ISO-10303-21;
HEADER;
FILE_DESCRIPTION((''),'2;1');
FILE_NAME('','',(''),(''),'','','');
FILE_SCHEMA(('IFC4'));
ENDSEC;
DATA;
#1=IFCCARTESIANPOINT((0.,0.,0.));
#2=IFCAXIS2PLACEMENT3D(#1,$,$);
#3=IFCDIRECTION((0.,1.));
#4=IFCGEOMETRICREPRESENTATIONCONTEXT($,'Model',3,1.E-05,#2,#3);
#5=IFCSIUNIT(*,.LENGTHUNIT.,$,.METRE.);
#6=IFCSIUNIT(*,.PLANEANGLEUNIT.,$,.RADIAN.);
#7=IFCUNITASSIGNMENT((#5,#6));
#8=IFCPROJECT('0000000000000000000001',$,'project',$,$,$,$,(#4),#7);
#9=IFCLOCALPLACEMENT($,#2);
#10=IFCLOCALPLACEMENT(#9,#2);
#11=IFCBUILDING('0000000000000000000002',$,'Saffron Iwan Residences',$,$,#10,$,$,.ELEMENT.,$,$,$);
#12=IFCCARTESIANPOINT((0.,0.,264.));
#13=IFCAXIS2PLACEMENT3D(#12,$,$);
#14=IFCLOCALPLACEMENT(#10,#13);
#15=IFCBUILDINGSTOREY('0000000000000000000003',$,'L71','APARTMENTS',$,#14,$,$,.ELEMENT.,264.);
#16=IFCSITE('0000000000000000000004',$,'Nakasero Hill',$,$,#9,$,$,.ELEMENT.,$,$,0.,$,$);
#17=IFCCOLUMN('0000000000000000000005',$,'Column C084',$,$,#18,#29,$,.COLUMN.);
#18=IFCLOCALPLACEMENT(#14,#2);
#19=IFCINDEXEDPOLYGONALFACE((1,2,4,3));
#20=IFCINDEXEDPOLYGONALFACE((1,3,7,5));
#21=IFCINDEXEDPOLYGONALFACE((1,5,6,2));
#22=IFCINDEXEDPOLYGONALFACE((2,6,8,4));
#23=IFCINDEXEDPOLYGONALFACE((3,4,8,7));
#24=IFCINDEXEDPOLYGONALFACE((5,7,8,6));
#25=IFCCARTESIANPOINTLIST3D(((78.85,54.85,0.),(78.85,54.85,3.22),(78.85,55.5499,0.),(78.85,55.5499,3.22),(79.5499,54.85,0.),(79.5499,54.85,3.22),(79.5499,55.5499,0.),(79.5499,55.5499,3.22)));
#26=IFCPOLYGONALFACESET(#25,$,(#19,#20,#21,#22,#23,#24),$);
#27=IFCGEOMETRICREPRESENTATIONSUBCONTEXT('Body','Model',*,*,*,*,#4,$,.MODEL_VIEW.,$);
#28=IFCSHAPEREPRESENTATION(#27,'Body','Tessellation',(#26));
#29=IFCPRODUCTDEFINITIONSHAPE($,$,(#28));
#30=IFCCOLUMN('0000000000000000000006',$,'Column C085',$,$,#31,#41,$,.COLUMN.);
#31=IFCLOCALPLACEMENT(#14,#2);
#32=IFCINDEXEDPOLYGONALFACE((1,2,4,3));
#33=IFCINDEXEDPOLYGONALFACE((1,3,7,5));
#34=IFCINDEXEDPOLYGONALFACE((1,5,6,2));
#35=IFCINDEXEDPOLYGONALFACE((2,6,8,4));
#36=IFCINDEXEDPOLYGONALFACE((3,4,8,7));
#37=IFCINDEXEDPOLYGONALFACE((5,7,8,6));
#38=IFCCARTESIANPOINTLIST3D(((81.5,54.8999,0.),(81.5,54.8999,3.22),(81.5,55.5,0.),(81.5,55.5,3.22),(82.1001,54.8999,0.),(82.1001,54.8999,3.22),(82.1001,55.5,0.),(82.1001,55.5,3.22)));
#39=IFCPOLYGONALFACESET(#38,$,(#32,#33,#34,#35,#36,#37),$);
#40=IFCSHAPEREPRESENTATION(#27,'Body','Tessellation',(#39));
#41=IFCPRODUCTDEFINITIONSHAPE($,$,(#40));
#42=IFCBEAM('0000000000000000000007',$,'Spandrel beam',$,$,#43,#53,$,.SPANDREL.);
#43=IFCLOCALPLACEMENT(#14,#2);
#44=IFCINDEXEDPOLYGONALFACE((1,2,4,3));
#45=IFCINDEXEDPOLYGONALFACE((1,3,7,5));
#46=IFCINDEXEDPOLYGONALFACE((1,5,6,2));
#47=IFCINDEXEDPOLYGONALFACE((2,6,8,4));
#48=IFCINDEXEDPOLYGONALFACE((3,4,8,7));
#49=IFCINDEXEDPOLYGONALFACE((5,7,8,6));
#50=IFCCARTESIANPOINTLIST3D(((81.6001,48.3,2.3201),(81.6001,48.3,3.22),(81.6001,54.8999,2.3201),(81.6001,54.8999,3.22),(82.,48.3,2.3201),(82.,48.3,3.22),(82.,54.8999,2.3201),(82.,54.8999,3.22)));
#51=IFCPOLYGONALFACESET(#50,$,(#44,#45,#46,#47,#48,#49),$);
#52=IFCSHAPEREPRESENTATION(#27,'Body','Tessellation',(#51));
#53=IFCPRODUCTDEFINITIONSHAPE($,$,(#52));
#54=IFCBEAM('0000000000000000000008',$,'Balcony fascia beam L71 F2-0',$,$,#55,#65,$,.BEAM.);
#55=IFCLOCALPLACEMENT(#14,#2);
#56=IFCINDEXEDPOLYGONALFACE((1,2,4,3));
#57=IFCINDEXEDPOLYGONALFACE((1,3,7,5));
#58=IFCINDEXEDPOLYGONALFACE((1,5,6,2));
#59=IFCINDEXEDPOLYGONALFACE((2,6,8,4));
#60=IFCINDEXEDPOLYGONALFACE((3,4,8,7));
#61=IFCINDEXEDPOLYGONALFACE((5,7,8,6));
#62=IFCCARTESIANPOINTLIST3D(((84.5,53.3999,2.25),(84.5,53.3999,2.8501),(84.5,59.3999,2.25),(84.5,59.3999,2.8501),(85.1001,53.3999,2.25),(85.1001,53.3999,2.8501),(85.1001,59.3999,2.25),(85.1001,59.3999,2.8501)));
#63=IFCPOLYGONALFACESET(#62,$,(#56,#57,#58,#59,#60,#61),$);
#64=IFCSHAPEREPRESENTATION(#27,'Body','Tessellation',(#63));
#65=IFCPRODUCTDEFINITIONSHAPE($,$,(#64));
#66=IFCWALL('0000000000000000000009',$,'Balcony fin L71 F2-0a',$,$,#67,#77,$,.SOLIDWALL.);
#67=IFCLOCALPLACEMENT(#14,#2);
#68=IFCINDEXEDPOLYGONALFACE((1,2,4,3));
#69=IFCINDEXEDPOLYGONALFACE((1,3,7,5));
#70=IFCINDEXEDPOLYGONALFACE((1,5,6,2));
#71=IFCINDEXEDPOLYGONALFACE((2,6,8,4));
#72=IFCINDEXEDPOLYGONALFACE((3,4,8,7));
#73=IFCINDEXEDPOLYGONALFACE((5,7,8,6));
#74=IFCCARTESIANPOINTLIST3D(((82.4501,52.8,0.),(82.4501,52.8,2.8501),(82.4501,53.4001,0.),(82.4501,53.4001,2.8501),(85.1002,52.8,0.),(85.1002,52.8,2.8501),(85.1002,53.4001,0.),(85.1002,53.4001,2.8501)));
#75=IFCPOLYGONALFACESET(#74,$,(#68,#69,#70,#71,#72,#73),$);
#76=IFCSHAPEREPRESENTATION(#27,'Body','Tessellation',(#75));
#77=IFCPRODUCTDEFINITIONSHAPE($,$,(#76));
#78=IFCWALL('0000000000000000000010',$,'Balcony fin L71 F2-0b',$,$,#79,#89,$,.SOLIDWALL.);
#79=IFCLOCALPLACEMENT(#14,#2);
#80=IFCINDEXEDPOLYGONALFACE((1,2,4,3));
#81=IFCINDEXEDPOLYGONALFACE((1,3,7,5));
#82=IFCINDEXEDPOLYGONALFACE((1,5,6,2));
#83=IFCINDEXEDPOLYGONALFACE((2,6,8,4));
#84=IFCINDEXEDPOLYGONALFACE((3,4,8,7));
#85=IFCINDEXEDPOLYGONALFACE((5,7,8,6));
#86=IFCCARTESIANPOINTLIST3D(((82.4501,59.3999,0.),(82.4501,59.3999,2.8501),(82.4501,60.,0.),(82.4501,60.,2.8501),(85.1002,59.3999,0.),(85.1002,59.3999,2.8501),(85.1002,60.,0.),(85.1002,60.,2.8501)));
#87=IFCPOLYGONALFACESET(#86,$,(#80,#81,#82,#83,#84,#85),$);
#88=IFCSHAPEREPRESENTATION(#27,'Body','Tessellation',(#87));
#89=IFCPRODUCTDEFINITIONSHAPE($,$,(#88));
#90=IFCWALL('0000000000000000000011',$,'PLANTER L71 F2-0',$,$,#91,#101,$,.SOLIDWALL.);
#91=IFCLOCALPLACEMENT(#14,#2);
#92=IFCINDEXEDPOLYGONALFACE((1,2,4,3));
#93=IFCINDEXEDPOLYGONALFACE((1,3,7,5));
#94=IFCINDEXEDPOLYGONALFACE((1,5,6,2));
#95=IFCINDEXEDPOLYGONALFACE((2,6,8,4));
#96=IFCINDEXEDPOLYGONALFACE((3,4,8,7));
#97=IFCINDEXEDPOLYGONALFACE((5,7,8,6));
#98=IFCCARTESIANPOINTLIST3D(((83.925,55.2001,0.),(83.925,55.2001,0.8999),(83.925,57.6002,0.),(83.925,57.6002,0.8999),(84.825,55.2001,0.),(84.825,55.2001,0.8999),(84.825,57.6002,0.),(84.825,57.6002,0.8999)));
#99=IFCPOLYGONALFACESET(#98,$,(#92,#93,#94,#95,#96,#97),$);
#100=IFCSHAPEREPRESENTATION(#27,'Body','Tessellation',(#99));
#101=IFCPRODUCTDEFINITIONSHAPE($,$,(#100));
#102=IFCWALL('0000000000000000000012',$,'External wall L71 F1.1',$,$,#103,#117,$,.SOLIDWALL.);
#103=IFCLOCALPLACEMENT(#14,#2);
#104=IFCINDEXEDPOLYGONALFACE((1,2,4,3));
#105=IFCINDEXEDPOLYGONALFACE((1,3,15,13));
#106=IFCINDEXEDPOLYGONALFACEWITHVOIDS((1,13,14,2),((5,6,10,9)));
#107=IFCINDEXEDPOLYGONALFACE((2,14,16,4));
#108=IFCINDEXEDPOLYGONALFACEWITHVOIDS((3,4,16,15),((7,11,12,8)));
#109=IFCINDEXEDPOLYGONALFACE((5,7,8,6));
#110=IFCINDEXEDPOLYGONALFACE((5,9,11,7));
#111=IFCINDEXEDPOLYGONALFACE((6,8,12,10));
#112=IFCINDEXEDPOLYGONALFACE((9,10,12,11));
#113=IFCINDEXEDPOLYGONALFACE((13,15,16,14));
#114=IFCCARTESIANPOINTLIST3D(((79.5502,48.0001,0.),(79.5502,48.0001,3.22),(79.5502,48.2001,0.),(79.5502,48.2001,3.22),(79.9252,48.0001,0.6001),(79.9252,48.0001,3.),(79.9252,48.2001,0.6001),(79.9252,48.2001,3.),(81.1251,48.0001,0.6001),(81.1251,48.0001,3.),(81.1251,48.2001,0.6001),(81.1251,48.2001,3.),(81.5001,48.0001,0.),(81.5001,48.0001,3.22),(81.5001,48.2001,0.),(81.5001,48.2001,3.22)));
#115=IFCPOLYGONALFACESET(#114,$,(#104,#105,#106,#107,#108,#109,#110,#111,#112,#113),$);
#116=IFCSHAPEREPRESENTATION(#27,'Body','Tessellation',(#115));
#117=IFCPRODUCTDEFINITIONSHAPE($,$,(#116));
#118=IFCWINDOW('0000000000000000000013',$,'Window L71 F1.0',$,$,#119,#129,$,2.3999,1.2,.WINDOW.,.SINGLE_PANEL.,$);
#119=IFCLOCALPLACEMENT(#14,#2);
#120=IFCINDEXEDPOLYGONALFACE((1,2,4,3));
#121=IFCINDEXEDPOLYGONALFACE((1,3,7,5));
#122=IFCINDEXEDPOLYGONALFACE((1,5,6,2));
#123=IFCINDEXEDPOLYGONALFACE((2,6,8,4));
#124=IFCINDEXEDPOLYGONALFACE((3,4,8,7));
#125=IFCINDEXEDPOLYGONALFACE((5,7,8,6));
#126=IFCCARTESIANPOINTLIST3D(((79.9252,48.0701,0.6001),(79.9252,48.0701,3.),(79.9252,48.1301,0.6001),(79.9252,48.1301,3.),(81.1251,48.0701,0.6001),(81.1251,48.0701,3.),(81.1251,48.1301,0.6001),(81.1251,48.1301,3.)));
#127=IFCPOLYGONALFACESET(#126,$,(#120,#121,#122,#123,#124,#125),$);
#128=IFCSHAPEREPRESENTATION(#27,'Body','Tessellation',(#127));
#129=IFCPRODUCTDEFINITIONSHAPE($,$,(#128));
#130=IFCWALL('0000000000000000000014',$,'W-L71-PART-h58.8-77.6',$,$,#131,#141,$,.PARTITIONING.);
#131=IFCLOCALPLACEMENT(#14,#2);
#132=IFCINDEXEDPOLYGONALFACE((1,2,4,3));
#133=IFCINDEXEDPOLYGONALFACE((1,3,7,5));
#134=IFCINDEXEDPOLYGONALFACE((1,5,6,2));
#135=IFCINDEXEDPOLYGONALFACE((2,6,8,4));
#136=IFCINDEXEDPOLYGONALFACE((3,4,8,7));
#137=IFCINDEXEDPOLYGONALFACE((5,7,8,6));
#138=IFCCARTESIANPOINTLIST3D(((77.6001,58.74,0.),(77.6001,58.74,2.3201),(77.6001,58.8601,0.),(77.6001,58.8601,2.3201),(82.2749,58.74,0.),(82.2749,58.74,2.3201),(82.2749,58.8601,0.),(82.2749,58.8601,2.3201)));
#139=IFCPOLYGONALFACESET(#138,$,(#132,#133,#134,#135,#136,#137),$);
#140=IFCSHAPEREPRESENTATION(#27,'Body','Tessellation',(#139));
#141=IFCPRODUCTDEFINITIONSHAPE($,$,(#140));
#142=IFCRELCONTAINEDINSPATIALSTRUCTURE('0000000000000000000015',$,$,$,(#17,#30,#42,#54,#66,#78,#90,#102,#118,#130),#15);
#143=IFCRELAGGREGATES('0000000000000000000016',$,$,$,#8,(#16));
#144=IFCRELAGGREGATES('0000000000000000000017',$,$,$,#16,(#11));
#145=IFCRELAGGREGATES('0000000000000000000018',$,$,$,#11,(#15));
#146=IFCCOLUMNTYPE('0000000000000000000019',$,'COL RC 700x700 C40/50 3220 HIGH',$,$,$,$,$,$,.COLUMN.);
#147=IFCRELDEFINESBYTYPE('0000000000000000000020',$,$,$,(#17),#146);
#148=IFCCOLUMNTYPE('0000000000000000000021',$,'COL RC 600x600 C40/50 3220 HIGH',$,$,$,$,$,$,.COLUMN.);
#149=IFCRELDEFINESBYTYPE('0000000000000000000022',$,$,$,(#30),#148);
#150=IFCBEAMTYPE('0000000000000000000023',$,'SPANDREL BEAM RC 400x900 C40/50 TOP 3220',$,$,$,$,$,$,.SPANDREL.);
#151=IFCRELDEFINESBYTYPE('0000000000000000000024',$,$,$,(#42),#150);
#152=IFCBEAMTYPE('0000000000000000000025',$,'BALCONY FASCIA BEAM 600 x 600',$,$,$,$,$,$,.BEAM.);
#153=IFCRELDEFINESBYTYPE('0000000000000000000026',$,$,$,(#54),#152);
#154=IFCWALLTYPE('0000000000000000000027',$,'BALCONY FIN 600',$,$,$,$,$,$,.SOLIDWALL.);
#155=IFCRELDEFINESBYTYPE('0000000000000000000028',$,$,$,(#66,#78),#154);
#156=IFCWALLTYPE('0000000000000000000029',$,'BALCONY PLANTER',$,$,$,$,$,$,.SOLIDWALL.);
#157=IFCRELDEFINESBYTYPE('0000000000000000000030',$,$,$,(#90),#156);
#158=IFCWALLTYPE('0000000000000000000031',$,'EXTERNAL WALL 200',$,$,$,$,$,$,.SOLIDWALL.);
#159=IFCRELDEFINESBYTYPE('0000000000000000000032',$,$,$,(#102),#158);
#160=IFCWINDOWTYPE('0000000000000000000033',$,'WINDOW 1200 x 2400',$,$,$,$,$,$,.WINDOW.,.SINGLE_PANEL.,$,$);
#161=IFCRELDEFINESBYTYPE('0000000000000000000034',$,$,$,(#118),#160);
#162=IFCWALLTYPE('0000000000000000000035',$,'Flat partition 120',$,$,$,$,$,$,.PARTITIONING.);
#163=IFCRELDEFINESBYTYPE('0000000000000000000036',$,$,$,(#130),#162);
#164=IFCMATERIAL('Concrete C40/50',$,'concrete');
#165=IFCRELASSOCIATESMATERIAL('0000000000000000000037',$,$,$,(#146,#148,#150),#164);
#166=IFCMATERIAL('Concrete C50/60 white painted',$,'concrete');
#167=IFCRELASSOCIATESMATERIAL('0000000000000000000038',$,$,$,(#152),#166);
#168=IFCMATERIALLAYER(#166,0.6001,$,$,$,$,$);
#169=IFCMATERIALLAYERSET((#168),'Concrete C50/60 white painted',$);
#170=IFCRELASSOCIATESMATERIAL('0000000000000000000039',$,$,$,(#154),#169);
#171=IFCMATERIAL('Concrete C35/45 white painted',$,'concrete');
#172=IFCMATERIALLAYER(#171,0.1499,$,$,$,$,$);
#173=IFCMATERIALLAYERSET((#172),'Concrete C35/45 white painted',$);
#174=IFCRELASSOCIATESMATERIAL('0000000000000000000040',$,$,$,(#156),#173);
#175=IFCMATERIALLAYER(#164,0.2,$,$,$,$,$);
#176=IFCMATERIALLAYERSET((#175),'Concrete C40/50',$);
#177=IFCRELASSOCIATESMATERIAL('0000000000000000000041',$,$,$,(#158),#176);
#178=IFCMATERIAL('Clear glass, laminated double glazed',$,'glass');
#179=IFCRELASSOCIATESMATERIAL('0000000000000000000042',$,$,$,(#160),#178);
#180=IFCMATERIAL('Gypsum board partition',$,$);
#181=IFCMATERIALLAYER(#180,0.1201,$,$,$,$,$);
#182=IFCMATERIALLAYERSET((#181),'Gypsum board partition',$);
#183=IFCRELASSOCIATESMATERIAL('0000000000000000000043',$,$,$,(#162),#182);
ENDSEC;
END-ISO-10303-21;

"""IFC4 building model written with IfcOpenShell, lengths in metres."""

from ifc_helpers import new_model, si_unit, direction, frame, frame_2d, origin, origin_2d, place, context, subcontext, project, spatial, rectangle, extrude, source, transform, mapped, material, layer, layer_set, material_profile, profile_set, type_object, element, fill, save


model = new_model("IFC4")

# Units and contexts
model_context = context("Model", 3, precision=1e-05, world=origin(), true_north=direction((0.0, 1.0)))
body_context = subcontext(model_context, "Body", "Model", "MODEL_VIEW")
ifc_project = project(units=[si_unit("LENGTHUNIT", "METRE"), si_unit("PLANEANGLEUNIT", "RADIAN")], contexts=[model_context])

# Site, building, storey
site_placement = place(None, origin())
site = spatial("IfcSite", under=ifc_project, at=site_placement, Name="Nakasero Hill", CompositionType="ELEMENT", RefElevation=0.0)
building_placement = place(site_placement, origin())
building = spatial("IfcBuilding", under=site, at=building_placement, Name="Saffron Iwan Residences", CompositionType="ELEMENT")
storey_placement = place(building_placement, frame((0.0, 0.0, 264.0)))
storey = spatial("IfcBuildingStorey", under=building, at=storey_placement, Name="L71", Description="APARTMENTS", CompositionType="ELEMENT", Elevation=264.0)

# Columns
ifc_material_1 = material(Name="Concrete C40/50", Category="concrete")
ifc_material_profile_1 = material_profile(ifc_material_1, rectangle(XDim=0.7, YDim=0.7, at=origin_2d()), Name="RC 700x700")
ifc_profile_set_1 = profile_set([ifc_material_profile_1], Name="Concrete C40/50")
column_type_1 = type_object("IfcColumnType", Name="COL RC 700x700 C40/50 3220 HIGH", PredefinedType="COLUMN", material=ifc_profile_set_1)
shared_shape_1 = source(origin(), body_context, "Body", "SweptSolid", [
    extrude(rectangle(XDim=0.7, YDim=0.7, at=origin_2d()), origin(), (0.0, 0.0, 1.0), 3.22),
])
column_1_placement = place(storey_placement, frame((79.2, 55.2, 0.0), z_axis=(0.0, 0.0, 1.0), x_axis=(1.0, 0.0, 0.0)))
element("IfcColumn", 1, at=column_1_placement, inside=storey, type_object=column_type_1, Name="Column C084", PredefinedType="COLUMN", context=body_context, shape_type="MappedRepresentation", body=[
    mapped(shared_shape_1, transform((0.0, 0.0, 0.0))),
])
ifc_material_profile_2 = material_profile(ifc_material_1, rectangle(XDim=0.6001, YDim=0.6001, at=origin_2d()), Name="RC 600x600")
ifc_profile_set_2 = profile_set([ifc_material_profile_2], Name="Concrete C40/50")
column_type_2 = type_object("IfcColumnType", Name="COL RC 600x600 C40/50 3220 HIGH", PredefinedType="COLUMN", material=ifc_profile_set_2)
shared_shape_2 = source(origin(), body_context, "Body", "SweptSolid", [
    extrude(rectangle(XDim=0.6001, YDim=0.6001, at=origin_2d()), origin(), (0.0, 0.0, 1.0), 3.22),
])
column_2_placement = place(storey_placement, frame((81.8, 55.2, 0.0), z_axis=(0.0, 0.0, 1.0), x_axis=(1.0, 0.0, 0.0)))
element("IfcColumn", 2, at=column_2_placement, inside=storey, type_object=column_type_2, Name="Column C085", PredefinedType="COLUMN", context=body_context, shape_type="MappedRepresentation", body=[
    mapped(shared_shape_2, transform((0.0, 0.0, 0.0))),
])

# Beams
ifc_material_profile_3 = material_profile(ifc_material_1, rectangle(XDim=0.3999, YDim=0.8999, at=origin_2d()), Name="RC 400x900")
ifc_profile_set_3 = profile_set([ifc_material_profile_3], Name="Concrete C40/50")
beam_type_1 = type_object("IfcBeamType", Name="SPANDREL BEAM RC 400x900 C40/50 TOP 3220", PredefinedType="SPANDREL", material=ifc_profile_set_3)
shared_shape_3 = source(origin(), body_context, "Body", "SweptSolid", [
    extrude(rectangle(XDim=0.3999, YDim=0.8999, at=origin_2d()), origin(), (0.0, 0.0, 1.0), 6.5999),
])
beam_1_placement = place(storey_placement, frame((81.8, 54.8999, 2.77), z_axis=(0.0, -1.0, 0.0), x_axis=(1.0, 0.0, 0.0)))
element("IfcBeam", 3, at=beam_1_placement, inside=storey, type_object=beam_type_1, Name="Spandrel beam", PredefinedType="SPANDREL", context=body_context, shape_type="MappedRepresentation", body=[
    mapped(shared_shape_3, transform((0.0, 0.0, 0.0))),
])
ifc_material_2 = material(Name="Concrete C50/60 white painted", Category="concrete")
ifc_material_profile_4 = material_profile(ifc_material_2, rectangle(XDim=0.6001, YDim=0.6001, at=origin_2d()), Name="BALCONY FASCIA BEAM 600 x 600")
ifc_profile_set_4 = profile_set([ifc_material_profile_4], Name="Concrete C50/60 white painted")
beam_type_2 = type_object("IfcBeamType", Name="BALCONY FASCIA BEAM 600 x 600", PredefinedType="BEAM", material=ifc_profile_set_4)
shared_shape_4 = source(origin(), body_context, "Body", "SweptSolid", [
    extrude(rectangle(XDim=0.6001, YDim=0.6001, at=origin_2d()), origin(), (0.0, 0.0, 1.0), 6.0),
])
beam_2_placement = place(storey_placement, frame((84.8, 53.3999, 2.55), z_axis=(0.0, 1.0, 0.0), x_axis=(-1.0, 0.0, 0.0)))
element("IfcBeam", 4, at=beam_2_placement, inside=storey, type_object=beam_type_2, Name="Balcony fascia beam L71 F2-0", PredefinedType="BEAM", context=body_context, shape_type="MappedRepresentation", body=[
    mapped(shared_shape_4, transform((0.0, 0.0, 0.0))),
])

# Walls
ifc_layer_1 = layer(ifc_material_2, 0.6001)
ifc_layer_set_1 = layer_set([ifc_layer_1], Name="Concrete C50/60 white painted")
wall_type_1 = type_object("IfcWallType", Name="BALCONY FIN 600", PredefinedType="SOLIDWALL", material=ifc_layer_set_1)
for number, where, z_axis, x_axis, name in (
    (5, (82.45, 53.1001, 0.0), (0.0, 0.0, 1.0), (1.0, 0.0, 0.0), "Balcony fin L71 F2-0a"),
    (6, (82.45, 59.7, 0.0), (0.0, 0.0, 1.0), (1.0, 0.0, 0.0), "Balcony fin L71 F2-0b"),
):
    element("IfcWall", number, at=place(storey_placement, frame(where, z_axis=z_axis, x_axis=x_axis)), inside=storey, type_object=wall_type_1, Name=name, PredefinedType="SOLIDWALL", context=body_context, shape_type="SweptSolid", body=[
        extrude(rectangle(XDim=2.6501, YDim=0.6001, at=frame_2d((1.3252, 0.0))), origin(), (0.0, 0.0, 1.0), 2.8501),
    ])
ifc_material_3 = material(Name="Concrete C35/45 white painted", Category="concrete")
ifc_layer_2 = layer(ifc_material_3, 0.1499)
ifc_layer_set_2 = layer_set([ifc_layer_2], Name="Concrete C35/45 white painted")
wall_type_2 = type_object("IfcWallType", Name="BALCONY PLANTER", PredefinedType="SOLIDWALL", material=ifc_layer_set_2)
wall_1_placement = place(storey_placement, frame((84.375, 55.2, 0.0), z_axis=(0.0, 0.0, 1.0), x_axis=(0.0, 1.0, 0.0)))
element("IfcWall", 7, at=wall_1_placement, inside=storey, type_object=wall_type_2, Name="PLANTER L71 F2-0", PredefinedType="SOLIDWALL", context=body_context, shape_type="SweptSolid", body=[
    extrude(rectangle(XDim=2.4001, YDim=0.8999, at=frame_2d((1.2002, 0.0))), origin(), (0.0, 0.0, 1.0), 0.8999),
])

# Wall, opening, window
ifc_layer_3 = layer(ifc_material_1, 0.2)
ifc_layer_set_3 = layer_set([ifc_layer_3], Name="Concrete C40/50")
wall_type_3 = type_object("IfcWallType", Name="EXTERNAL WALL 200", PredefinedType="SOLIDWALL", material=ifc_layer_set_3)
wall_2_placement = place(storey_placement, frame((79.55, 48.1001, 0.0), z_axis=(0.0, 0.0, 1.0), x_axis=(1.0, 0.0, 0.0)))
wall_2 = element("IfcWall", 8, at=wall_2_placement, inside=storey, type_object=wall_type_3, Name="External wall L71 F1.1", PredefinedType="SOLIDWALL", context=body_context, shape_type="SweptSolid", body=[
    extrude(rectangle(XDim=1.95, YDim=0.2, at=frame_2d((0.9751, 0.0))), origin(), (0.0, 0.0, 1.0), 3.22),
])
opening_1_placement = place(wall_2_placement, frame((0.375, 0.0, 0.6001)))
opening_1 = element("IfcOpeningElement", 9, at=opening_1_placement, cuts=wall_2, PredefinedType="OPENING", context=body_context, shape_type="SweptSolid", body=[
    extrude(rectangle(XDim=1.2, YDim=2.3999, at=frame_2d((0.6001, 1.2))), frame((0.0, 0.1099, 0.0), z_axis=(0.0, -1.0, 0.0), x_axis=(1.0, 0.0, 0.0)), (0.0, 0.0, 1.0), 0.22),
])
ifc_material_4 = material(Name="Clear glass, laminated double glazed", Category="glass")
window_type_1 = type_object("IfcWindowType", Name="WINDOW 1200 x 2400", PartitioningType="SINGLE_PANEL", PredefinedType="WINDOW", material=ifc_material_4)
window_1_placement = place(opening_1_placement, origin())
window_1 = element("IfcWindow", 10, at=window_1_placement, inside=storey, type_object=window_type_1, Name="Window L71 F1.0", OverallHeight=2.3999, OverallWidth=1.2, PartitioningType="SINGLE_PANEL", PredefinedType="WINDOW", context=body_context, shape_type="SweptSolid", body=[
    extrude(rectangle(XDim=1.2, YDim=2.3999, at=frame_2d((0.6001, 1.2))), frame((0.0, 0.03, 0.0), z_axis=(0.0, -1.0, 0.0), x_axis=(1.0, 0.0, 0.0)), (0.0, 0.0, 1.0), 0.0601),
])
fill(opening_1, window_1)

# Wall
ifc_material_5 = material(Name="Gypsum board partition")
ifc_layer_4 = layer(ifc_material_5, 0.1201)
ifc_layer_set_4 = layer_set([ifc_layer_4], Name="Gypsum board partition")
wall_type_4 = type_object("IfcWallType", Name="Flat partition 120", PredefinedType="PARTITIONING", material=ifc_layer_set_4)
wall_3_placement = place(storey_placement, frame((77.6001, 58.8, 0.0), z_axis=(0.0, 0.0, 1.0), x_axis=(1.0, 0.0, 0.0)))
element("IfcWall", 11, at=wall_3_placement, inside=storey, type_object=wall_type_4, Name="W-L71-PART-h58.8-77.6", PredefinedType="PARTITIONING", context=body_context, shape_type="SweptSolid", body=[
    extrude(rectangle(XDim=4.6748, YDim=0.1201, at=frame_2d((2.3374, 0.0))), origin(), (0.0, 0.0, 1.0), 2.3201),
])

save(model, "model.ifc")
